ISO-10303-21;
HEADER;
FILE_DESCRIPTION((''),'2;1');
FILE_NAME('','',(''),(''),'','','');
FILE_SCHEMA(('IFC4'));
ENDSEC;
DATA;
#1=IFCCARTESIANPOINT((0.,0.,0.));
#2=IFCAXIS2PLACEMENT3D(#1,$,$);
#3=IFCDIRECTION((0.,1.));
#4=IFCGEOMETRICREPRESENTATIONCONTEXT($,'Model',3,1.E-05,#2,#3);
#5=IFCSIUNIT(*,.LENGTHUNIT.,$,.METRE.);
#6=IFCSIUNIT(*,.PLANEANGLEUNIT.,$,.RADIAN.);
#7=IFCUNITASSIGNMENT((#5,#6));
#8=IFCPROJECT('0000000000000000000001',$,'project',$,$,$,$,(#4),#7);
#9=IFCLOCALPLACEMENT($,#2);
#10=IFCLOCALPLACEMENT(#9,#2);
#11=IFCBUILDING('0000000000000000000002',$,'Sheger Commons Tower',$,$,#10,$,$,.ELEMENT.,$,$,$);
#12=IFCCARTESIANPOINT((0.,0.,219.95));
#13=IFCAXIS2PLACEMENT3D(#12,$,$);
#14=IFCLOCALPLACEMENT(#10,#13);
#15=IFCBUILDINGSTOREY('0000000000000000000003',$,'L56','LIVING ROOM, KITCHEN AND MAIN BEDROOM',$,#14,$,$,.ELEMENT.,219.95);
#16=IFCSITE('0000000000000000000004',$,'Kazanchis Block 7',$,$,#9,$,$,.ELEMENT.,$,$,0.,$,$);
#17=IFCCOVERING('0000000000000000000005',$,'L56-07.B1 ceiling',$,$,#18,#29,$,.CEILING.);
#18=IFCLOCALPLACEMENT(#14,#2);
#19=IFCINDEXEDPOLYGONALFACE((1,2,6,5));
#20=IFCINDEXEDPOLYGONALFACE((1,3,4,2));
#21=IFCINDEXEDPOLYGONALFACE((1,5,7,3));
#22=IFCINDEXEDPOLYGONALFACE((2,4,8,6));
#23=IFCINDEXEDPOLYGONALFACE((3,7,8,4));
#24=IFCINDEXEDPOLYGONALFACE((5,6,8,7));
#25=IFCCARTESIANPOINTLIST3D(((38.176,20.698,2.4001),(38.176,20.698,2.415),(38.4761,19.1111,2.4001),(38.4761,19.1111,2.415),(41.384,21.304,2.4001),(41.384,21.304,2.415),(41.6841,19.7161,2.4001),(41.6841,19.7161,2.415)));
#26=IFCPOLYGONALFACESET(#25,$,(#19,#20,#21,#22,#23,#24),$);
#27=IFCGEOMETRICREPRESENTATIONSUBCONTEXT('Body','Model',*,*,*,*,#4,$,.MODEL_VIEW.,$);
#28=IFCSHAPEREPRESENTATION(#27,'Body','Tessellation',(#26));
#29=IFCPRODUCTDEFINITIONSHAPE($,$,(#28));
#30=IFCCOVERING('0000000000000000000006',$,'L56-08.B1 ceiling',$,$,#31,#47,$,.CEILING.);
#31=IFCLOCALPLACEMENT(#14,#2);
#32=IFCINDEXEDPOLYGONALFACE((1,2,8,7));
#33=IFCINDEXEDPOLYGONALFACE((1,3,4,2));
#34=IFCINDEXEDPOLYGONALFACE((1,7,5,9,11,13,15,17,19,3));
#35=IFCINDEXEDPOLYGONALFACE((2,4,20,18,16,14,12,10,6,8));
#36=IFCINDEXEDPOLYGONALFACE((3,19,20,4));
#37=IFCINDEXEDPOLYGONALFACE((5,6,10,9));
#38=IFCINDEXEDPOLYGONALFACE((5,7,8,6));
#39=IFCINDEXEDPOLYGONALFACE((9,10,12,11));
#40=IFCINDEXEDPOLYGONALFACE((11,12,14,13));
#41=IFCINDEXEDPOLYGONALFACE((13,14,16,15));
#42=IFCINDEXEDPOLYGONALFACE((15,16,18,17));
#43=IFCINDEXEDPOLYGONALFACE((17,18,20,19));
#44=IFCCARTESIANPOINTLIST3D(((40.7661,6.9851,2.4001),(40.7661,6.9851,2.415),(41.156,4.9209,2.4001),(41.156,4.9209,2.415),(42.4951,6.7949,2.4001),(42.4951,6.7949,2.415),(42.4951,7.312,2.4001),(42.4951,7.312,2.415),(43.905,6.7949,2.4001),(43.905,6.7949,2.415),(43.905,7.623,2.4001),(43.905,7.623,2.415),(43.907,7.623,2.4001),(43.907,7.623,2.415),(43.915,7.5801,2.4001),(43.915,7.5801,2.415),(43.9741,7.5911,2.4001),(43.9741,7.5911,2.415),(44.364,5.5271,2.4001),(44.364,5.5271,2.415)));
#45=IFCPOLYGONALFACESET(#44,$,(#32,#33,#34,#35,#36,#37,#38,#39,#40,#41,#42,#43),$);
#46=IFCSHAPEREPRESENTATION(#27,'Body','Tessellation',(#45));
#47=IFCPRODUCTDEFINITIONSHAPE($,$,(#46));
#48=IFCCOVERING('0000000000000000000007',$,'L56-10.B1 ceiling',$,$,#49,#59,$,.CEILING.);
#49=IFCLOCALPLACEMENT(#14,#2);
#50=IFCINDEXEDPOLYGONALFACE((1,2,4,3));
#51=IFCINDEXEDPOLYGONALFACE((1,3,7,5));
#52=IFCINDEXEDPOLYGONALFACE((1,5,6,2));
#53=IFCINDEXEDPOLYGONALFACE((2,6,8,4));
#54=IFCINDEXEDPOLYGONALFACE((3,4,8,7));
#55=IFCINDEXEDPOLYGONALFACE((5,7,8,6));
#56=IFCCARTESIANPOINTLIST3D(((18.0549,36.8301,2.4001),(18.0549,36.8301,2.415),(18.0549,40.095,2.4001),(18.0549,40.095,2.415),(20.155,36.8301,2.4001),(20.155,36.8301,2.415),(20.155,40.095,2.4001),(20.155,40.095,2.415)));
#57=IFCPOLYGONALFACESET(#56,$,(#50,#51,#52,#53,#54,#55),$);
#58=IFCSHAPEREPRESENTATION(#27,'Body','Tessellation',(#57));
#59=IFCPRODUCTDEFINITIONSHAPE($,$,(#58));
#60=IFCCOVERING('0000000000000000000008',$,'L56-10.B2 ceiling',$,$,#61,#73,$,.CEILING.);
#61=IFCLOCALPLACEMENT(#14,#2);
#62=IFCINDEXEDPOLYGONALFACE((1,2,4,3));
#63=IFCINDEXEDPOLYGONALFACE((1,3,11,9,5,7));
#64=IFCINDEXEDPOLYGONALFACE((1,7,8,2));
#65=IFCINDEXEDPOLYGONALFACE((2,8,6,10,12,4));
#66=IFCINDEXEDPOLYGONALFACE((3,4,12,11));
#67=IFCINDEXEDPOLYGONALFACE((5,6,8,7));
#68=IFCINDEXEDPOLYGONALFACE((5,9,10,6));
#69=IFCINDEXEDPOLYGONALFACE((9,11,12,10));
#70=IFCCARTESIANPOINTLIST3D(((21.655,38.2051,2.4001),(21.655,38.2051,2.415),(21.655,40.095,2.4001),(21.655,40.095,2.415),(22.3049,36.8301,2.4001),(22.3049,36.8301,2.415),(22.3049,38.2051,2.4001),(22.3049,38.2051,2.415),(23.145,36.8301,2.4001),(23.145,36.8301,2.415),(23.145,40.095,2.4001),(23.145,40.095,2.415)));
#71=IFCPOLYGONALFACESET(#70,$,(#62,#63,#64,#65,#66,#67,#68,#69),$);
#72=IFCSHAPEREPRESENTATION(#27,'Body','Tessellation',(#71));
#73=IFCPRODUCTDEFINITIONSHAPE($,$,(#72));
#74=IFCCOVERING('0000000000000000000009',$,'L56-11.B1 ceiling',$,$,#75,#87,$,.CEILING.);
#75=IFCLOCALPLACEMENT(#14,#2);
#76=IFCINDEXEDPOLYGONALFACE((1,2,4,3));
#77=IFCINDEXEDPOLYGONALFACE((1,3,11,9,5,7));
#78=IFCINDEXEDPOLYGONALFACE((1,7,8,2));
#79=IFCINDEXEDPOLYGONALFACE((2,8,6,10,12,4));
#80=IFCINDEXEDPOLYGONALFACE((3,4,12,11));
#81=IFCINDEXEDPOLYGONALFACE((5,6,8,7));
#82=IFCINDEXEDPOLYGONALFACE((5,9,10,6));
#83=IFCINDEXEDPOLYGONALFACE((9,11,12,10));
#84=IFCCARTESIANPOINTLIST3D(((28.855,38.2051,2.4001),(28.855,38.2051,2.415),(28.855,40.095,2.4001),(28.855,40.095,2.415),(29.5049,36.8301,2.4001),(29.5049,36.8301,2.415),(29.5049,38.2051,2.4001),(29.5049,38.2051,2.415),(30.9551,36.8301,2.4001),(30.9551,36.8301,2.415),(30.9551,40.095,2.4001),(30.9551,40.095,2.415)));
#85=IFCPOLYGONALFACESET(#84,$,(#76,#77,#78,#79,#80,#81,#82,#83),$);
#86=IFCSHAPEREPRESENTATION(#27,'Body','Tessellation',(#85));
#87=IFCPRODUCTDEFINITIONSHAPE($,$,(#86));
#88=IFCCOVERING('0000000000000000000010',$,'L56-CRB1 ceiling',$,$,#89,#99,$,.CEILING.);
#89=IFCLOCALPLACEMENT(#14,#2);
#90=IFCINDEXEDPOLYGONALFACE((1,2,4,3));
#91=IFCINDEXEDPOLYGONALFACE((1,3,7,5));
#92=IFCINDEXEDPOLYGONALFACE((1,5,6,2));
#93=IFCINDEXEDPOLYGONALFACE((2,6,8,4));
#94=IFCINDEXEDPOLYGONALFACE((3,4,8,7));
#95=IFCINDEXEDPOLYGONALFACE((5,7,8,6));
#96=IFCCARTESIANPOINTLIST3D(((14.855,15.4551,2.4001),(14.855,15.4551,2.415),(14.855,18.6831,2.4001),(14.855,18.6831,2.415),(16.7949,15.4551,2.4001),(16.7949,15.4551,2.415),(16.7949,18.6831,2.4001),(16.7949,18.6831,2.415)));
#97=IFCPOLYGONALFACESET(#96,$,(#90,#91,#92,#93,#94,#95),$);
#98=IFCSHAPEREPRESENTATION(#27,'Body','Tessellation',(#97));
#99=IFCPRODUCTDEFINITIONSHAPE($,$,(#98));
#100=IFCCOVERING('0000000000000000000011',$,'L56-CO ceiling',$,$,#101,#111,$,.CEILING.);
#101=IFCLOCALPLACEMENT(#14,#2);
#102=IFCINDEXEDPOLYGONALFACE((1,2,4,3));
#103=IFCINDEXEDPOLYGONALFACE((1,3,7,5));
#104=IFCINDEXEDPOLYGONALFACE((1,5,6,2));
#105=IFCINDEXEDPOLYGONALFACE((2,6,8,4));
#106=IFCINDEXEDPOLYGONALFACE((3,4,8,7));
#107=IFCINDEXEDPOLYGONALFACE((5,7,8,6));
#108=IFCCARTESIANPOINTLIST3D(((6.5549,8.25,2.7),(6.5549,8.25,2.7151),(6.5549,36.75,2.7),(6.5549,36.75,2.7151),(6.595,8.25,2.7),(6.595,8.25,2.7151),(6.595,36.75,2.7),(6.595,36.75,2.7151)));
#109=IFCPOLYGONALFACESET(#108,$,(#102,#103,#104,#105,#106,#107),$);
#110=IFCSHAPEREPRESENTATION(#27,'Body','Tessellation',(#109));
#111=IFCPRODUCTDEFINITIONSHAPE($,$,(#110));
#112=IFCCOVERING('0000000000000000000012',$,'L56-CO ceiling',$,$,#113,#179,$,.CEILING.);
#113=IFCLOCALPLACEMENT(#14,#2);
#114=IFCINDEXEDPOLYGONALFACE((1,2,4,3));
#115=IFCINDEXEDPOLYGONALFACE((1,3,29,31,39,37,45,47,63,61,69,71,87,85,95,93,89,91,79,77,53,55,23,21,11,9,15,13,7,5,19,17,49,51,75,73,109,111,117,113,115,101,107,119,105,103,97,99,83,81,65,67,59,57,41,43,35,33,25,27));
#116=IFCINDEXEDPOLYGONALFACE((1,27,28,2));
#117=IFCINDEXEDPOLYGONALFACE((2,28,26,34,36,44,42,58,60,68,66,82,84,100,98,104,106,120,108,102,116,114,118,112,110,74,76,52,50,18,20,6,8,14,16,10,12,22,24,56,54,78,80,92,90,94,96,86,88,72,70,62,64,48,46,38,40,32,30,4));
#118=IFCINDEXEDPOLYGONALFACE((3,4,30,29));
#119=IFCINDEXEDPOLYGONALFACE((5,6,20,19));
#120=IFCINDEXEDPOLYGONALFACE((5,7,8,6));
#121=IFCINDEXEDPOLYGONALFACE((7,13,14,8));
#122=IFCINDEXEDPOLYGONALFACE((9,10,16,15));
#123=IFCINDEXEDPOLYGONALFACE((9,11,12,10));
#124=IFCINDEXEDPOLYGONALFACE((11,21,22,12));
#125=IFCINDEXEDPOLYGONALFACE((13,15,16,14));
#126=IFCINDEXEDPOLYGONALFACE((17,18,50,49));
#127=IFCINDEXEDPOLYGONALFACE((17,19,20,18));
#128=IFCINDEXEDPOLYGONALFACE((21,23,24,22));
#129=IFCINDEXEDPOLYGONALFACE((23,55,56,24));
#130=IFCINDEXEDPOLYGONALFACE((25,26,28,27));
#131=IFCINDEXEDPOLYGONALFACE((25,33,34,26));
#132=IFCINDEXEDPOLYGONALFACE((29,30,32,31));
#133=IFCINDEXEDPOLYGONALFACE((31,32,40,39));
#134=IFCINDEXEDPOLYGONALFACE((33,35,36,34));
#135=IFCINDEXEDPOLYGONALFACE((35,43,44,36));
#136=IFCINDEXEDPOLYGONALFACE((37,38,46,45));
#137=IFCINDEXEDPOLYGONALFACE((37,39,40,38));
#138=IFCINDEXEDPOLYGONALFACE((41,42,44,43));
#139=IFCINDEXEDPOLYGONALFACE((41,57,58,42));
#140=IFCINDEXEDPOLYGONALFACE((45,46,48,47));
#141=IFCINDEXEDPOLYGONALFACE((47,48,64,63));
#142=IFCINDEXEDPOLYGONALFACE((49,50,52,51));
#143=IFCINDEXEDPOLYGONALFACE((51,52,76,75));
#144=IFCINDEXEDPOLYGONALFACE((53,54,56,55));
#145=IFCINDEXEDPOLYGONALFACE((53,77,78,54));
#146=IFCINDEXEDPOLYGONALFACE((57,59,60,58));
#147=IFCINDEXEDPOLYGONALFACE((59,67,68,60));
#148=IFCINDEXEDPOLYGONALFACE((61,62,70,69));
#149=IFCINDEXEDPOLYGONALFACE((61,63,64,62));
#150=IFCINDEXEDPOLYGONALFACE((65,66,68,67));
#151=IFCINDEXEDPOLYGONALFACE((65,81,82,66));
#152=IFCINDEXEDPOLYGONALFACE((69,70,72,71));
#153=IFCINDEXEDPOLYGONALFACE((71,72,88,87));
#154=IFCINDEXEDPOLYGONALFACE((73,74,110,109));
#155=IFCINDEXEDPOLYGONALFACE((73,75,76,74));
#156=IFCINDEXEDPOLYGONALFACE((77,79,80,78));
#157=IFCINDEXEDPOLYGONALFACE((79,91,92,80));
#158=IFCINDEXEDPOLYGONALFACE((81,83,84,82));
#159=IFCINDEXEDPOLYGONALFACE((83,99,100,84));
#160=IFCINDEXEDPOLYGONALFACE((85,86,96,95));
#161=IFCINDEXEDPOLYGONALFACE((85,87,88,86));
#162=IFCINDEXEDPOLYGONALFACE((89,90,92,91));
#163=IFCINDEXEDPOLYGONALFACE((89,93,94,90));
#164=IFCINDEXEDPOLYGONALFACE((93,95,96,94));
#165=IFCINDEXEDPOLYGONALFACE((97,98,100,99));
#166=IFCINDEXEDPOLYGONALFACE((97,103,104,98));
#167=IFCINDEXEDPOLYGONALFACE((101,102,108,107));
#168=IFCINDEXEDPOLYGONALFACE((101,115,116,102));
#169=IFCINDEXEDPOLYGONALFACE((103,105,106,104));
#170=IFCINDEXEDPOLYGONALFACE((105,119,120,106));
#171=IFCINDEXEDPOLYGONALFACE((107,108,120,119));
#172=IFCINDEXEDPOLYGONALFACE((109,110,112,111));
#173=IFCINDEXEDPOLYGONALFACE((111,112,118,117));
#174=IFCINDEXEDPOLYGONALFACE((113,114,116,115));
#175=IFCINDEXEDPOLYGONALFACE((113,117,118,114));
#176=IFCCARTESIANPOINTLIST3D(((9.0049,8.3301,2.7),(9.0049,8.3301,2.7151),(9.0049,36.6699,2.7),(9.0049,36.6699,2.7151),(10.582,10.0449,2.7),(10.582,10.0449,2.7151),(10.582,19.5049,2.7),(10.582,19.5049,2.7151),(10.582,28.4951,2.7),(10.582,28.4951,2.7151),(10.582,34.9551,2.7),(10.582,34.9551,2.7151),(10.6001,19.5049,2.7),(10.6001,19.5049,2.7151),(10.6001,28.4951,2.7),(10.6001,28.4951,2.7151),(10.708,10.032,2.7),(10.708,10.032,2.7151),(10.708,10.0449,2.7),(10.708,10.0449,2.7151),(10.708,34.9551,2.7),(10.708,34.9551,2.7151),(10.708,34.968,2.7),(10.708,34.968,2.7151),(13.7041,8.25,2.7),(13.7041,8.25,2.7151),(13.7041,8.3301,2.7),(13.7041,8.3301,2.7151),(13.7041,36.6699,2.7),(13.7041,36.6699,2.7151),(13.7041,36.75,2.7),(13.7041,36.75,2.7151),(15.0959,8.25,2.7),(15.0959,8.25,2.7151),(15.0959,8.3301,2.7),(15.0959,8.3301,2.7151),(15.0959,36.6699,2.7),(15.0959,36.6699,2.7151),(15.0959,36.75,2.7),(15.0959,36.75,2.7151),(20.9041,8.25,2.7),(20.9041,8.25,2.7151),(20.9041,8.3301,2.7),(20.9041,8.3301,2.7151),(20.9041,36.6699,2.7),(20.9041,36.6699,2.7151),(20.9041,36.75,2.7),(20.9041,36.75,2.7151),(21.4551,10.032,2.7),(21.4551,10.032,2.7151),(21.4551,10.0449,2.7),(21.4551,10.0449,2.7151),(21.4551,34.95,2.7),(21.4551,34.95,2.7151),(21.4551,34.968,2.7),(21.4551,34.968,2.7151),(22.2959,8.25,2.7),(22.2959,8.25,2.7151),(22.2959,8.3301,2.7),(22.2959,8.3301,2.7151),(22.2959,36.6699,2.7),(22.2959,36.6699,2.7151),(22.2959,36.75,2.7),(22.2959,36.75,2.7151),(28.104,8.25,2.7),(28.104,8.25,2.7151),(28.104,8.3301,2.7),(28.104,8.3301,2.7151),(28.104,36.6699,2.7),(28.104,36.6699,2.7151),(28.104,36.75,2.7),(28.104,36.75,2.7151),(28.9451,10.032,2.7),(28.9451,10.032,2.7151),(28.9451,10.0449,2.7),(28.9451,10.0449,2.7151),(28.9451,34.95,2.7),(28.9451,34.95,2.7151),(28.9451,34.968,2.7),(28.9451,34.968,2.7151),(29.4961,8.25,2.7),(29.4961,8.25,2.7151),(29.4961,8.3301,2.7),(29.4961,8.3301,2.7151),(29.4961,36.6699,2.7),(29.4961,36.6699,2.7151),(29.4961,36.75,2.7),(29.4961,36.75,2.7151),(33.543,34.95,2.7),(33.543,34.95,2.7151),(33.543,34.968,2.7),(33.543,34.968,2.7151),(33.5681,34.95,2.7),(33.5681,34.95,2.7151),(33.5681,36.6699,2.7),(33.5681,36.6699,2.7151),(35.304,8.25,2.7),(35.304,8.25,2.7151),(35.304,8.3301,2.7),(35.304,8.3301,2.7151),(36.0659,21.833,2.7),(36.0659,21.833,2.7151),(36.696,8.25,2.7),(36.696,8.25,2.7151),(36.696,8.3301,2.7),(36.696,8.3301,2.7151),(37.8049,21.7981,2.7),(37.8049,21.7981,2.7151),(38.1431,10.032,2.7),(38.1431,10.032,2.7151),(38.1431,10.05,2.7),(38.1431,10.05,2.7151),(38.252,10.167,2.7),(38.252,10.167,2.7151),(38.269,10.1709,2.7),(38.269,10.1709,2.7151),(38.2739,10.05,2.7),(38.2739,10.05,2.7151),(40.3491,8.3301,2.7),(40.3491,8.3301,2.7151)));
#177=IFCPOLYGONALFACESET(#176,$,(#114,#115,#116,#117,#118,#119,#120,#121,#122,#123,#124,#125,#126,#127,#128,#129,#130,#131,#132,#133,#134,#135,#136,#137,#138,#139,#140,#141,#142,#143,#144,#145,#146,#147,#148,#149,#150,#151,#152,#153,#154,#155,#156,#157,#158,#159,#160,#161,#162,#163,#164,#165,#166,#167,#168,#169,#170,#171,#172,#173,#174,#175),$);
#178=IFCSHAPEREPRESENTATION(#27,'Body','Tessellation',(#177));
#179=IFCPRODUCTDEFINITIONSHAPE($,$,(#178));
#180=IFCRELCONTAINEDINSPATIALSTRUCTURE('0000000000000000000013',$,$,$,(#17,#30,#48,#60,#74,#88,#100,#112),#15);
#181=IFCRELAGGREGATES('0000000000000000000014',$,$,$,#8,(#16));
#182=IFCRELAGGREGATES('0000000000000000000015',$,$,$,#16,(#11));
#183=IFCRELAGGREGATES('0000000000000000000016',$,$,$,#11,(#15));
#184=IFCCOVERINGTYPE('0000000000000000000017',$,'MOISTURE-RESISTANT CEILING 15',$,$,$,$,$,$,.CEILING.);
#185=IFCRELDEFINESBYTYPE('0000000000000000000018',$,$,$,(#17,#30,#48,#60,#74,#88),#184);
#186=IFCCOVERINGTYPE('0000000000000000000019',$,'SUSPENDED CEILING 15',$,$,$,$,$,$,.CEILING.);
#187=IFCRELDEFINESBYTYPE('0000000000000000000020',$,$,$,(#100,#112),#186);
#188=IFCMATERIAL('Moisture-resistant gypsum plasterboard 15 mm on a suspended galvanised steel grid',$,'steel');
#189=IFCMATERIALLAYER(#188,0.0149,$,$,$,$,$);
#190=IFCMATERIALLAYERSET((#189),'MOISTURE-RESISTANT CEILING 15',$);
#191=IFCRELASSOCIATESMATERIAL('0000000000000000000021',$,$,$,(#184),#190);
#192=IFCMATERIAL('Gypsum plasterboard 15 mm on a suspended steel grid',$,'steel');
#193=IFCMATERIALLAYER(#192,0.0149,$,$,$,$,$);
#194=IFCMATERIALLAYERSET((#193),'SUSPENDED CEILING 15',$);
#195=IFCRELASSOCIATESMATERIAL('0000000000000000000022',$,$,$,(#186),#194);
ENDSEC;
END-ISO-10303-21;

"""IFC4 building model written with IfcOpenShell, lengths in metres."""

from ifc_helpers import new_model, si_unit, direction, frame, origin, place, context, subcontext, project, spatial, polyline, outline, extrude, material, layer, layer_set, type_object, element, save


model = new_model("IFC4")

# Units and contexts
model_context = context("Model", 3, precision=1e-05, world=origin(), true_north=direction((0.0, 1.0)))
body_context = subcontext(model_context, "Body", "Model", "MODEL_VIEW")
ifc_project = project(units=[si_unit("LENGTHUNIT", "METRE"), si_unit("PLANEANGLEUNIT", "RADIAN")], contexts=[model_context])

# Site, building, storey
site_placement = place(None, origin())
site = spatial("IfcSite", under=ifc_project, at=site_placement, Name="Kazanchis Block 7", CompositionType="ELEMENT", RefElevation=0.0)
building_placement = place(site_placement, origin())
building = spatial("IfcBuilding", under=site, at=building_placement, Name="Sheger Commons Tower", CompositionType="ELEMENT")
storey_placement = place(building_placement, frame((0.0, 0.0, 219.95)))
storey = spatial("IfcBuildingStorey", under=building, at=storey_placement, Name="L56", Description="LIVING ROOM, KITCHEN AND MAIN BEDROOM", CompositionType="ELEMENT", Elevation=219.95)

# Coverings
ifc_material_1 = material(Name="Moisture-resistant gypsum plasterboard 15 mm on a suspended galvanised steel grid", Category="steel")
ifc_layer_1 = layer(ifc_material_1, 0.0149)
ifc_layer_set_1 = layer_set([ifc_layer_1], Name="MOISTURE-RESISTANT CEILING 15")
covering_type_1 = type_object("IfcCoveringType", Name="MOISTURE-RESISTANT CEILING 15", PredefinedType="CEILING", material=ifc_layer_set_1)
covering_1_placement = place(storey_placement, frame((0.0, 0.0, 2.4001)))
element("IfcCovering", 1, at=covering_1_placement, inside=storey, type_object=covering_type_1, Name="L56-07.B1 ceiling", PredefinedType="CEILING", context=body_context, shape_type="SweptSolid", body=[
    extrude(outline(polyline([(38.4761, 19.1111), (41.6841, 19.7161), (41.384, 21.304), (38.176, 20.698), (38.4761, 19.1111)])), origin(), (0.0, 0.0, 1.0), 0.0149),
])
covering_2_placement = place(storey_placement, frame((0.0, 0.0, 2.4001)))
element("IfcCovering", 2, at=covering_2_placement, inside=storey, type_object=covering_type_1, Name="L56-08.B1 ceiling", PredefinedType="CEILING", context=body_context, shape_type="SweptSolid", body=[
    extrude(outline(polyline([(41.156, 4.9209), (44.364, 5.5271), (43.9741, 7.5911), (43.915, 7.5801), (43.907, 7.623), (43.905, 7.623), (43.905, 6.7949), (42.4951, 6.7949), (42.4951, 7.312), (40.7661, 6.9851), (41.156, 4.9209)])), origin(), (0.0, 0.0, 1.0), 0.0149),
])
covering_3_placement = place(storey_placement, frame((0.0, 0.0, 2.4001)))
element("IfcCovering", 3, at=covering_3_placement, inside=storey, type_object=covering_type_1, Name="L56-10.B1 ceiling", PredefinedType="CEILING", context=body_context, shape_type="SweptSolid", body=[
    extrude(outline(polyline([(18.0549, 36.8301), (20.155, 36.8301), (20.155, 40.095), (18.0549, 40.095), (18.0549, 36.8301)])), origin(), (0.0, 0.0, 1.0), 0.0149),
])
covering_4_placement = place(storey_placement, frame((0.0, 0.0, 2.4001)))
element("IfcCovering", 4, at=covering_4_placement, inside=storey, type_object=covering_type_1, Name="L56-10.B2 ceiling", PredefinedType="CEILING", context=body_context, shape_type="SweptSolid", body=[
    extrude(outline(polyline([(22.3049, 36.8301), (23.145, 36.8301), (23.145, 40.095), (21.655, 40.095), (21.655, 38.2051), (22.3049, 38.2051), (22.3049, 36.8301)])), origin(), (0.0, 0.0, 1.0), 0.0149),
])
covering_5_placement = place(storey_placement, frame((0.0, 0.0, 2.4001)))
element("IfcCovering", 5, at=covering_5_placement, inside=storey, type_object=covering_type_1, Name="L56-11.B1 ceiling", PredefinedType="CEILING", context=body_context, shape_type="SweptSolid", body=[
    extrude(outline(polyline([(29.5049, 36.8301), (30.9551, 36.8301), (30.9551, 40.095), (28.855, 40.095), (28.855, 38.2051), (29.5049, 38.2051), (29.5049, 36.8301)])), origin(), (0.0, 0.0, 1.0), 0.0149),
])
covering_6_placement = place(storey_placement, frame((0.0, 0.0, 2.4001)))
element("IfcCovering", 6, at=covering_6_placement, inside=storey, type_object=covering_type_1, Name="L56-CRB1 ceiling", PredefinedType="CEILING", context=body_context, shape_type="SweptSolid", body=[
    extrude(outline(polyline([(14.855, 15.4551), (16.7949, 15.4551), (16.7949, 18.6831), (14.855, 18.6831), (14.855, 15.4551)])), origin(), (0.0, 0.0, 1.0), 0.0149),
])
ifc_material_2 = material(Name="Gypsum plasterboard 15 mm on a suspended steel grid", Category="steel")
ifc_layer_2 = layer(ifc_material_2, 0.0149)
ifc_layer_set_2 = layer_set([ifc_layer_2], Name="SUSPENDED CEILING 15")
covering_type_2 = type_object("IfcCoveringType", Name="SUSPENDED CEILING 15", PredefinedType="CEILING", material=ifc_layer_set_2)
covering_7_placement = place(storey_placement, frame((0.0, 0.0, 2.7)))
element("IfcCovering", 7, at=covering_7_placement, inside=storey, type_object=covering_type_2, Name="L56-CO ceiling", PredefinedType="CEILING", context=body_context, shape_type="SweptSolid", body=[
    extrude(outline(polyline([(6.5549, 8.25), (6.595, 8.25), (6.595, 36.75), (6.5549, 36.75), (6.5549, 8.25)])), origin(), (0.0, 0.0, 1.0), 0.0151),
])
covering_8_placement = place(storey_placement, frame((0.0, 0.0, 2.7)))
element("IfcCovering", 8, at=covering_8_placement, inside=storey, type_object=covering_type_2, Name="L56-CO ceiling", PredefinedType="CEILING", context=body_context, shape_type="SweptSolid", body=[
    extrude(outline(polyline([(13.7041, 8.25), (15.0959, 8.25), (15.0959, 8.3301), (20.9041, 8.3301), (20.9041, 8.25), (22.2959, 8.25), (22.2959, 8.3301), (28.104, 8.3301), (28.104, 8.25), (29.4961, 8.25), (29.4961, 8.3301), (35.304, 8.3301), (35.304, 8.25), (36.696, 8.25), (36.696, 8.3301), (40.3491, 8.3301), (37.8049, 21.7981), (36.0659, 21.833), (38.269, 10.1709), (38.252, 10.167), (38.2739, 10.05), (38.1431, 10.05), (38.1431, 10.032), (28.9451, 10.032), (28.9451, 10.0449), (21.4551, 10.0449), (21.4551, 10.032), (10.708, 10.032), (10.708, 10.0449), (10.582, 10.0449), (10.582, 19.5049), (10.6001, 19.5049), (10.6001, 28.4951), (10.582, 28.4951), (10.582, 34.9551), (10.708, 34.9551), (10.708, 34.968), (21.4551, 34.968), (21.4551, 34.95), (28.9451, 34.95), (28.9451, 34.968), (33.543, 34.968), (33.543, 34.95), (33.5681, 34.95), (33.5681, 36.6699), (29.4961, 36.6699), (29.4961, 36.75), (28.104, 36.75), (28.104, 36.6699), (22.2959, 36.6699), (22.2959, 36.75), (20.9041, 36.75), (20.9041, 36.6699), (15.0959, 36.6699), (15.0959, 36.75), (13.7041, 36.75), (13.7041, 36.6699), (9.0049, 36.6699), (9.0049, 8.3301), (13.7041, 8.3301), (13.7041, 8.25)])), origin(), (0.0, 0.0, 1.0), 0.0151),
])

save(model, "model.ifc")
